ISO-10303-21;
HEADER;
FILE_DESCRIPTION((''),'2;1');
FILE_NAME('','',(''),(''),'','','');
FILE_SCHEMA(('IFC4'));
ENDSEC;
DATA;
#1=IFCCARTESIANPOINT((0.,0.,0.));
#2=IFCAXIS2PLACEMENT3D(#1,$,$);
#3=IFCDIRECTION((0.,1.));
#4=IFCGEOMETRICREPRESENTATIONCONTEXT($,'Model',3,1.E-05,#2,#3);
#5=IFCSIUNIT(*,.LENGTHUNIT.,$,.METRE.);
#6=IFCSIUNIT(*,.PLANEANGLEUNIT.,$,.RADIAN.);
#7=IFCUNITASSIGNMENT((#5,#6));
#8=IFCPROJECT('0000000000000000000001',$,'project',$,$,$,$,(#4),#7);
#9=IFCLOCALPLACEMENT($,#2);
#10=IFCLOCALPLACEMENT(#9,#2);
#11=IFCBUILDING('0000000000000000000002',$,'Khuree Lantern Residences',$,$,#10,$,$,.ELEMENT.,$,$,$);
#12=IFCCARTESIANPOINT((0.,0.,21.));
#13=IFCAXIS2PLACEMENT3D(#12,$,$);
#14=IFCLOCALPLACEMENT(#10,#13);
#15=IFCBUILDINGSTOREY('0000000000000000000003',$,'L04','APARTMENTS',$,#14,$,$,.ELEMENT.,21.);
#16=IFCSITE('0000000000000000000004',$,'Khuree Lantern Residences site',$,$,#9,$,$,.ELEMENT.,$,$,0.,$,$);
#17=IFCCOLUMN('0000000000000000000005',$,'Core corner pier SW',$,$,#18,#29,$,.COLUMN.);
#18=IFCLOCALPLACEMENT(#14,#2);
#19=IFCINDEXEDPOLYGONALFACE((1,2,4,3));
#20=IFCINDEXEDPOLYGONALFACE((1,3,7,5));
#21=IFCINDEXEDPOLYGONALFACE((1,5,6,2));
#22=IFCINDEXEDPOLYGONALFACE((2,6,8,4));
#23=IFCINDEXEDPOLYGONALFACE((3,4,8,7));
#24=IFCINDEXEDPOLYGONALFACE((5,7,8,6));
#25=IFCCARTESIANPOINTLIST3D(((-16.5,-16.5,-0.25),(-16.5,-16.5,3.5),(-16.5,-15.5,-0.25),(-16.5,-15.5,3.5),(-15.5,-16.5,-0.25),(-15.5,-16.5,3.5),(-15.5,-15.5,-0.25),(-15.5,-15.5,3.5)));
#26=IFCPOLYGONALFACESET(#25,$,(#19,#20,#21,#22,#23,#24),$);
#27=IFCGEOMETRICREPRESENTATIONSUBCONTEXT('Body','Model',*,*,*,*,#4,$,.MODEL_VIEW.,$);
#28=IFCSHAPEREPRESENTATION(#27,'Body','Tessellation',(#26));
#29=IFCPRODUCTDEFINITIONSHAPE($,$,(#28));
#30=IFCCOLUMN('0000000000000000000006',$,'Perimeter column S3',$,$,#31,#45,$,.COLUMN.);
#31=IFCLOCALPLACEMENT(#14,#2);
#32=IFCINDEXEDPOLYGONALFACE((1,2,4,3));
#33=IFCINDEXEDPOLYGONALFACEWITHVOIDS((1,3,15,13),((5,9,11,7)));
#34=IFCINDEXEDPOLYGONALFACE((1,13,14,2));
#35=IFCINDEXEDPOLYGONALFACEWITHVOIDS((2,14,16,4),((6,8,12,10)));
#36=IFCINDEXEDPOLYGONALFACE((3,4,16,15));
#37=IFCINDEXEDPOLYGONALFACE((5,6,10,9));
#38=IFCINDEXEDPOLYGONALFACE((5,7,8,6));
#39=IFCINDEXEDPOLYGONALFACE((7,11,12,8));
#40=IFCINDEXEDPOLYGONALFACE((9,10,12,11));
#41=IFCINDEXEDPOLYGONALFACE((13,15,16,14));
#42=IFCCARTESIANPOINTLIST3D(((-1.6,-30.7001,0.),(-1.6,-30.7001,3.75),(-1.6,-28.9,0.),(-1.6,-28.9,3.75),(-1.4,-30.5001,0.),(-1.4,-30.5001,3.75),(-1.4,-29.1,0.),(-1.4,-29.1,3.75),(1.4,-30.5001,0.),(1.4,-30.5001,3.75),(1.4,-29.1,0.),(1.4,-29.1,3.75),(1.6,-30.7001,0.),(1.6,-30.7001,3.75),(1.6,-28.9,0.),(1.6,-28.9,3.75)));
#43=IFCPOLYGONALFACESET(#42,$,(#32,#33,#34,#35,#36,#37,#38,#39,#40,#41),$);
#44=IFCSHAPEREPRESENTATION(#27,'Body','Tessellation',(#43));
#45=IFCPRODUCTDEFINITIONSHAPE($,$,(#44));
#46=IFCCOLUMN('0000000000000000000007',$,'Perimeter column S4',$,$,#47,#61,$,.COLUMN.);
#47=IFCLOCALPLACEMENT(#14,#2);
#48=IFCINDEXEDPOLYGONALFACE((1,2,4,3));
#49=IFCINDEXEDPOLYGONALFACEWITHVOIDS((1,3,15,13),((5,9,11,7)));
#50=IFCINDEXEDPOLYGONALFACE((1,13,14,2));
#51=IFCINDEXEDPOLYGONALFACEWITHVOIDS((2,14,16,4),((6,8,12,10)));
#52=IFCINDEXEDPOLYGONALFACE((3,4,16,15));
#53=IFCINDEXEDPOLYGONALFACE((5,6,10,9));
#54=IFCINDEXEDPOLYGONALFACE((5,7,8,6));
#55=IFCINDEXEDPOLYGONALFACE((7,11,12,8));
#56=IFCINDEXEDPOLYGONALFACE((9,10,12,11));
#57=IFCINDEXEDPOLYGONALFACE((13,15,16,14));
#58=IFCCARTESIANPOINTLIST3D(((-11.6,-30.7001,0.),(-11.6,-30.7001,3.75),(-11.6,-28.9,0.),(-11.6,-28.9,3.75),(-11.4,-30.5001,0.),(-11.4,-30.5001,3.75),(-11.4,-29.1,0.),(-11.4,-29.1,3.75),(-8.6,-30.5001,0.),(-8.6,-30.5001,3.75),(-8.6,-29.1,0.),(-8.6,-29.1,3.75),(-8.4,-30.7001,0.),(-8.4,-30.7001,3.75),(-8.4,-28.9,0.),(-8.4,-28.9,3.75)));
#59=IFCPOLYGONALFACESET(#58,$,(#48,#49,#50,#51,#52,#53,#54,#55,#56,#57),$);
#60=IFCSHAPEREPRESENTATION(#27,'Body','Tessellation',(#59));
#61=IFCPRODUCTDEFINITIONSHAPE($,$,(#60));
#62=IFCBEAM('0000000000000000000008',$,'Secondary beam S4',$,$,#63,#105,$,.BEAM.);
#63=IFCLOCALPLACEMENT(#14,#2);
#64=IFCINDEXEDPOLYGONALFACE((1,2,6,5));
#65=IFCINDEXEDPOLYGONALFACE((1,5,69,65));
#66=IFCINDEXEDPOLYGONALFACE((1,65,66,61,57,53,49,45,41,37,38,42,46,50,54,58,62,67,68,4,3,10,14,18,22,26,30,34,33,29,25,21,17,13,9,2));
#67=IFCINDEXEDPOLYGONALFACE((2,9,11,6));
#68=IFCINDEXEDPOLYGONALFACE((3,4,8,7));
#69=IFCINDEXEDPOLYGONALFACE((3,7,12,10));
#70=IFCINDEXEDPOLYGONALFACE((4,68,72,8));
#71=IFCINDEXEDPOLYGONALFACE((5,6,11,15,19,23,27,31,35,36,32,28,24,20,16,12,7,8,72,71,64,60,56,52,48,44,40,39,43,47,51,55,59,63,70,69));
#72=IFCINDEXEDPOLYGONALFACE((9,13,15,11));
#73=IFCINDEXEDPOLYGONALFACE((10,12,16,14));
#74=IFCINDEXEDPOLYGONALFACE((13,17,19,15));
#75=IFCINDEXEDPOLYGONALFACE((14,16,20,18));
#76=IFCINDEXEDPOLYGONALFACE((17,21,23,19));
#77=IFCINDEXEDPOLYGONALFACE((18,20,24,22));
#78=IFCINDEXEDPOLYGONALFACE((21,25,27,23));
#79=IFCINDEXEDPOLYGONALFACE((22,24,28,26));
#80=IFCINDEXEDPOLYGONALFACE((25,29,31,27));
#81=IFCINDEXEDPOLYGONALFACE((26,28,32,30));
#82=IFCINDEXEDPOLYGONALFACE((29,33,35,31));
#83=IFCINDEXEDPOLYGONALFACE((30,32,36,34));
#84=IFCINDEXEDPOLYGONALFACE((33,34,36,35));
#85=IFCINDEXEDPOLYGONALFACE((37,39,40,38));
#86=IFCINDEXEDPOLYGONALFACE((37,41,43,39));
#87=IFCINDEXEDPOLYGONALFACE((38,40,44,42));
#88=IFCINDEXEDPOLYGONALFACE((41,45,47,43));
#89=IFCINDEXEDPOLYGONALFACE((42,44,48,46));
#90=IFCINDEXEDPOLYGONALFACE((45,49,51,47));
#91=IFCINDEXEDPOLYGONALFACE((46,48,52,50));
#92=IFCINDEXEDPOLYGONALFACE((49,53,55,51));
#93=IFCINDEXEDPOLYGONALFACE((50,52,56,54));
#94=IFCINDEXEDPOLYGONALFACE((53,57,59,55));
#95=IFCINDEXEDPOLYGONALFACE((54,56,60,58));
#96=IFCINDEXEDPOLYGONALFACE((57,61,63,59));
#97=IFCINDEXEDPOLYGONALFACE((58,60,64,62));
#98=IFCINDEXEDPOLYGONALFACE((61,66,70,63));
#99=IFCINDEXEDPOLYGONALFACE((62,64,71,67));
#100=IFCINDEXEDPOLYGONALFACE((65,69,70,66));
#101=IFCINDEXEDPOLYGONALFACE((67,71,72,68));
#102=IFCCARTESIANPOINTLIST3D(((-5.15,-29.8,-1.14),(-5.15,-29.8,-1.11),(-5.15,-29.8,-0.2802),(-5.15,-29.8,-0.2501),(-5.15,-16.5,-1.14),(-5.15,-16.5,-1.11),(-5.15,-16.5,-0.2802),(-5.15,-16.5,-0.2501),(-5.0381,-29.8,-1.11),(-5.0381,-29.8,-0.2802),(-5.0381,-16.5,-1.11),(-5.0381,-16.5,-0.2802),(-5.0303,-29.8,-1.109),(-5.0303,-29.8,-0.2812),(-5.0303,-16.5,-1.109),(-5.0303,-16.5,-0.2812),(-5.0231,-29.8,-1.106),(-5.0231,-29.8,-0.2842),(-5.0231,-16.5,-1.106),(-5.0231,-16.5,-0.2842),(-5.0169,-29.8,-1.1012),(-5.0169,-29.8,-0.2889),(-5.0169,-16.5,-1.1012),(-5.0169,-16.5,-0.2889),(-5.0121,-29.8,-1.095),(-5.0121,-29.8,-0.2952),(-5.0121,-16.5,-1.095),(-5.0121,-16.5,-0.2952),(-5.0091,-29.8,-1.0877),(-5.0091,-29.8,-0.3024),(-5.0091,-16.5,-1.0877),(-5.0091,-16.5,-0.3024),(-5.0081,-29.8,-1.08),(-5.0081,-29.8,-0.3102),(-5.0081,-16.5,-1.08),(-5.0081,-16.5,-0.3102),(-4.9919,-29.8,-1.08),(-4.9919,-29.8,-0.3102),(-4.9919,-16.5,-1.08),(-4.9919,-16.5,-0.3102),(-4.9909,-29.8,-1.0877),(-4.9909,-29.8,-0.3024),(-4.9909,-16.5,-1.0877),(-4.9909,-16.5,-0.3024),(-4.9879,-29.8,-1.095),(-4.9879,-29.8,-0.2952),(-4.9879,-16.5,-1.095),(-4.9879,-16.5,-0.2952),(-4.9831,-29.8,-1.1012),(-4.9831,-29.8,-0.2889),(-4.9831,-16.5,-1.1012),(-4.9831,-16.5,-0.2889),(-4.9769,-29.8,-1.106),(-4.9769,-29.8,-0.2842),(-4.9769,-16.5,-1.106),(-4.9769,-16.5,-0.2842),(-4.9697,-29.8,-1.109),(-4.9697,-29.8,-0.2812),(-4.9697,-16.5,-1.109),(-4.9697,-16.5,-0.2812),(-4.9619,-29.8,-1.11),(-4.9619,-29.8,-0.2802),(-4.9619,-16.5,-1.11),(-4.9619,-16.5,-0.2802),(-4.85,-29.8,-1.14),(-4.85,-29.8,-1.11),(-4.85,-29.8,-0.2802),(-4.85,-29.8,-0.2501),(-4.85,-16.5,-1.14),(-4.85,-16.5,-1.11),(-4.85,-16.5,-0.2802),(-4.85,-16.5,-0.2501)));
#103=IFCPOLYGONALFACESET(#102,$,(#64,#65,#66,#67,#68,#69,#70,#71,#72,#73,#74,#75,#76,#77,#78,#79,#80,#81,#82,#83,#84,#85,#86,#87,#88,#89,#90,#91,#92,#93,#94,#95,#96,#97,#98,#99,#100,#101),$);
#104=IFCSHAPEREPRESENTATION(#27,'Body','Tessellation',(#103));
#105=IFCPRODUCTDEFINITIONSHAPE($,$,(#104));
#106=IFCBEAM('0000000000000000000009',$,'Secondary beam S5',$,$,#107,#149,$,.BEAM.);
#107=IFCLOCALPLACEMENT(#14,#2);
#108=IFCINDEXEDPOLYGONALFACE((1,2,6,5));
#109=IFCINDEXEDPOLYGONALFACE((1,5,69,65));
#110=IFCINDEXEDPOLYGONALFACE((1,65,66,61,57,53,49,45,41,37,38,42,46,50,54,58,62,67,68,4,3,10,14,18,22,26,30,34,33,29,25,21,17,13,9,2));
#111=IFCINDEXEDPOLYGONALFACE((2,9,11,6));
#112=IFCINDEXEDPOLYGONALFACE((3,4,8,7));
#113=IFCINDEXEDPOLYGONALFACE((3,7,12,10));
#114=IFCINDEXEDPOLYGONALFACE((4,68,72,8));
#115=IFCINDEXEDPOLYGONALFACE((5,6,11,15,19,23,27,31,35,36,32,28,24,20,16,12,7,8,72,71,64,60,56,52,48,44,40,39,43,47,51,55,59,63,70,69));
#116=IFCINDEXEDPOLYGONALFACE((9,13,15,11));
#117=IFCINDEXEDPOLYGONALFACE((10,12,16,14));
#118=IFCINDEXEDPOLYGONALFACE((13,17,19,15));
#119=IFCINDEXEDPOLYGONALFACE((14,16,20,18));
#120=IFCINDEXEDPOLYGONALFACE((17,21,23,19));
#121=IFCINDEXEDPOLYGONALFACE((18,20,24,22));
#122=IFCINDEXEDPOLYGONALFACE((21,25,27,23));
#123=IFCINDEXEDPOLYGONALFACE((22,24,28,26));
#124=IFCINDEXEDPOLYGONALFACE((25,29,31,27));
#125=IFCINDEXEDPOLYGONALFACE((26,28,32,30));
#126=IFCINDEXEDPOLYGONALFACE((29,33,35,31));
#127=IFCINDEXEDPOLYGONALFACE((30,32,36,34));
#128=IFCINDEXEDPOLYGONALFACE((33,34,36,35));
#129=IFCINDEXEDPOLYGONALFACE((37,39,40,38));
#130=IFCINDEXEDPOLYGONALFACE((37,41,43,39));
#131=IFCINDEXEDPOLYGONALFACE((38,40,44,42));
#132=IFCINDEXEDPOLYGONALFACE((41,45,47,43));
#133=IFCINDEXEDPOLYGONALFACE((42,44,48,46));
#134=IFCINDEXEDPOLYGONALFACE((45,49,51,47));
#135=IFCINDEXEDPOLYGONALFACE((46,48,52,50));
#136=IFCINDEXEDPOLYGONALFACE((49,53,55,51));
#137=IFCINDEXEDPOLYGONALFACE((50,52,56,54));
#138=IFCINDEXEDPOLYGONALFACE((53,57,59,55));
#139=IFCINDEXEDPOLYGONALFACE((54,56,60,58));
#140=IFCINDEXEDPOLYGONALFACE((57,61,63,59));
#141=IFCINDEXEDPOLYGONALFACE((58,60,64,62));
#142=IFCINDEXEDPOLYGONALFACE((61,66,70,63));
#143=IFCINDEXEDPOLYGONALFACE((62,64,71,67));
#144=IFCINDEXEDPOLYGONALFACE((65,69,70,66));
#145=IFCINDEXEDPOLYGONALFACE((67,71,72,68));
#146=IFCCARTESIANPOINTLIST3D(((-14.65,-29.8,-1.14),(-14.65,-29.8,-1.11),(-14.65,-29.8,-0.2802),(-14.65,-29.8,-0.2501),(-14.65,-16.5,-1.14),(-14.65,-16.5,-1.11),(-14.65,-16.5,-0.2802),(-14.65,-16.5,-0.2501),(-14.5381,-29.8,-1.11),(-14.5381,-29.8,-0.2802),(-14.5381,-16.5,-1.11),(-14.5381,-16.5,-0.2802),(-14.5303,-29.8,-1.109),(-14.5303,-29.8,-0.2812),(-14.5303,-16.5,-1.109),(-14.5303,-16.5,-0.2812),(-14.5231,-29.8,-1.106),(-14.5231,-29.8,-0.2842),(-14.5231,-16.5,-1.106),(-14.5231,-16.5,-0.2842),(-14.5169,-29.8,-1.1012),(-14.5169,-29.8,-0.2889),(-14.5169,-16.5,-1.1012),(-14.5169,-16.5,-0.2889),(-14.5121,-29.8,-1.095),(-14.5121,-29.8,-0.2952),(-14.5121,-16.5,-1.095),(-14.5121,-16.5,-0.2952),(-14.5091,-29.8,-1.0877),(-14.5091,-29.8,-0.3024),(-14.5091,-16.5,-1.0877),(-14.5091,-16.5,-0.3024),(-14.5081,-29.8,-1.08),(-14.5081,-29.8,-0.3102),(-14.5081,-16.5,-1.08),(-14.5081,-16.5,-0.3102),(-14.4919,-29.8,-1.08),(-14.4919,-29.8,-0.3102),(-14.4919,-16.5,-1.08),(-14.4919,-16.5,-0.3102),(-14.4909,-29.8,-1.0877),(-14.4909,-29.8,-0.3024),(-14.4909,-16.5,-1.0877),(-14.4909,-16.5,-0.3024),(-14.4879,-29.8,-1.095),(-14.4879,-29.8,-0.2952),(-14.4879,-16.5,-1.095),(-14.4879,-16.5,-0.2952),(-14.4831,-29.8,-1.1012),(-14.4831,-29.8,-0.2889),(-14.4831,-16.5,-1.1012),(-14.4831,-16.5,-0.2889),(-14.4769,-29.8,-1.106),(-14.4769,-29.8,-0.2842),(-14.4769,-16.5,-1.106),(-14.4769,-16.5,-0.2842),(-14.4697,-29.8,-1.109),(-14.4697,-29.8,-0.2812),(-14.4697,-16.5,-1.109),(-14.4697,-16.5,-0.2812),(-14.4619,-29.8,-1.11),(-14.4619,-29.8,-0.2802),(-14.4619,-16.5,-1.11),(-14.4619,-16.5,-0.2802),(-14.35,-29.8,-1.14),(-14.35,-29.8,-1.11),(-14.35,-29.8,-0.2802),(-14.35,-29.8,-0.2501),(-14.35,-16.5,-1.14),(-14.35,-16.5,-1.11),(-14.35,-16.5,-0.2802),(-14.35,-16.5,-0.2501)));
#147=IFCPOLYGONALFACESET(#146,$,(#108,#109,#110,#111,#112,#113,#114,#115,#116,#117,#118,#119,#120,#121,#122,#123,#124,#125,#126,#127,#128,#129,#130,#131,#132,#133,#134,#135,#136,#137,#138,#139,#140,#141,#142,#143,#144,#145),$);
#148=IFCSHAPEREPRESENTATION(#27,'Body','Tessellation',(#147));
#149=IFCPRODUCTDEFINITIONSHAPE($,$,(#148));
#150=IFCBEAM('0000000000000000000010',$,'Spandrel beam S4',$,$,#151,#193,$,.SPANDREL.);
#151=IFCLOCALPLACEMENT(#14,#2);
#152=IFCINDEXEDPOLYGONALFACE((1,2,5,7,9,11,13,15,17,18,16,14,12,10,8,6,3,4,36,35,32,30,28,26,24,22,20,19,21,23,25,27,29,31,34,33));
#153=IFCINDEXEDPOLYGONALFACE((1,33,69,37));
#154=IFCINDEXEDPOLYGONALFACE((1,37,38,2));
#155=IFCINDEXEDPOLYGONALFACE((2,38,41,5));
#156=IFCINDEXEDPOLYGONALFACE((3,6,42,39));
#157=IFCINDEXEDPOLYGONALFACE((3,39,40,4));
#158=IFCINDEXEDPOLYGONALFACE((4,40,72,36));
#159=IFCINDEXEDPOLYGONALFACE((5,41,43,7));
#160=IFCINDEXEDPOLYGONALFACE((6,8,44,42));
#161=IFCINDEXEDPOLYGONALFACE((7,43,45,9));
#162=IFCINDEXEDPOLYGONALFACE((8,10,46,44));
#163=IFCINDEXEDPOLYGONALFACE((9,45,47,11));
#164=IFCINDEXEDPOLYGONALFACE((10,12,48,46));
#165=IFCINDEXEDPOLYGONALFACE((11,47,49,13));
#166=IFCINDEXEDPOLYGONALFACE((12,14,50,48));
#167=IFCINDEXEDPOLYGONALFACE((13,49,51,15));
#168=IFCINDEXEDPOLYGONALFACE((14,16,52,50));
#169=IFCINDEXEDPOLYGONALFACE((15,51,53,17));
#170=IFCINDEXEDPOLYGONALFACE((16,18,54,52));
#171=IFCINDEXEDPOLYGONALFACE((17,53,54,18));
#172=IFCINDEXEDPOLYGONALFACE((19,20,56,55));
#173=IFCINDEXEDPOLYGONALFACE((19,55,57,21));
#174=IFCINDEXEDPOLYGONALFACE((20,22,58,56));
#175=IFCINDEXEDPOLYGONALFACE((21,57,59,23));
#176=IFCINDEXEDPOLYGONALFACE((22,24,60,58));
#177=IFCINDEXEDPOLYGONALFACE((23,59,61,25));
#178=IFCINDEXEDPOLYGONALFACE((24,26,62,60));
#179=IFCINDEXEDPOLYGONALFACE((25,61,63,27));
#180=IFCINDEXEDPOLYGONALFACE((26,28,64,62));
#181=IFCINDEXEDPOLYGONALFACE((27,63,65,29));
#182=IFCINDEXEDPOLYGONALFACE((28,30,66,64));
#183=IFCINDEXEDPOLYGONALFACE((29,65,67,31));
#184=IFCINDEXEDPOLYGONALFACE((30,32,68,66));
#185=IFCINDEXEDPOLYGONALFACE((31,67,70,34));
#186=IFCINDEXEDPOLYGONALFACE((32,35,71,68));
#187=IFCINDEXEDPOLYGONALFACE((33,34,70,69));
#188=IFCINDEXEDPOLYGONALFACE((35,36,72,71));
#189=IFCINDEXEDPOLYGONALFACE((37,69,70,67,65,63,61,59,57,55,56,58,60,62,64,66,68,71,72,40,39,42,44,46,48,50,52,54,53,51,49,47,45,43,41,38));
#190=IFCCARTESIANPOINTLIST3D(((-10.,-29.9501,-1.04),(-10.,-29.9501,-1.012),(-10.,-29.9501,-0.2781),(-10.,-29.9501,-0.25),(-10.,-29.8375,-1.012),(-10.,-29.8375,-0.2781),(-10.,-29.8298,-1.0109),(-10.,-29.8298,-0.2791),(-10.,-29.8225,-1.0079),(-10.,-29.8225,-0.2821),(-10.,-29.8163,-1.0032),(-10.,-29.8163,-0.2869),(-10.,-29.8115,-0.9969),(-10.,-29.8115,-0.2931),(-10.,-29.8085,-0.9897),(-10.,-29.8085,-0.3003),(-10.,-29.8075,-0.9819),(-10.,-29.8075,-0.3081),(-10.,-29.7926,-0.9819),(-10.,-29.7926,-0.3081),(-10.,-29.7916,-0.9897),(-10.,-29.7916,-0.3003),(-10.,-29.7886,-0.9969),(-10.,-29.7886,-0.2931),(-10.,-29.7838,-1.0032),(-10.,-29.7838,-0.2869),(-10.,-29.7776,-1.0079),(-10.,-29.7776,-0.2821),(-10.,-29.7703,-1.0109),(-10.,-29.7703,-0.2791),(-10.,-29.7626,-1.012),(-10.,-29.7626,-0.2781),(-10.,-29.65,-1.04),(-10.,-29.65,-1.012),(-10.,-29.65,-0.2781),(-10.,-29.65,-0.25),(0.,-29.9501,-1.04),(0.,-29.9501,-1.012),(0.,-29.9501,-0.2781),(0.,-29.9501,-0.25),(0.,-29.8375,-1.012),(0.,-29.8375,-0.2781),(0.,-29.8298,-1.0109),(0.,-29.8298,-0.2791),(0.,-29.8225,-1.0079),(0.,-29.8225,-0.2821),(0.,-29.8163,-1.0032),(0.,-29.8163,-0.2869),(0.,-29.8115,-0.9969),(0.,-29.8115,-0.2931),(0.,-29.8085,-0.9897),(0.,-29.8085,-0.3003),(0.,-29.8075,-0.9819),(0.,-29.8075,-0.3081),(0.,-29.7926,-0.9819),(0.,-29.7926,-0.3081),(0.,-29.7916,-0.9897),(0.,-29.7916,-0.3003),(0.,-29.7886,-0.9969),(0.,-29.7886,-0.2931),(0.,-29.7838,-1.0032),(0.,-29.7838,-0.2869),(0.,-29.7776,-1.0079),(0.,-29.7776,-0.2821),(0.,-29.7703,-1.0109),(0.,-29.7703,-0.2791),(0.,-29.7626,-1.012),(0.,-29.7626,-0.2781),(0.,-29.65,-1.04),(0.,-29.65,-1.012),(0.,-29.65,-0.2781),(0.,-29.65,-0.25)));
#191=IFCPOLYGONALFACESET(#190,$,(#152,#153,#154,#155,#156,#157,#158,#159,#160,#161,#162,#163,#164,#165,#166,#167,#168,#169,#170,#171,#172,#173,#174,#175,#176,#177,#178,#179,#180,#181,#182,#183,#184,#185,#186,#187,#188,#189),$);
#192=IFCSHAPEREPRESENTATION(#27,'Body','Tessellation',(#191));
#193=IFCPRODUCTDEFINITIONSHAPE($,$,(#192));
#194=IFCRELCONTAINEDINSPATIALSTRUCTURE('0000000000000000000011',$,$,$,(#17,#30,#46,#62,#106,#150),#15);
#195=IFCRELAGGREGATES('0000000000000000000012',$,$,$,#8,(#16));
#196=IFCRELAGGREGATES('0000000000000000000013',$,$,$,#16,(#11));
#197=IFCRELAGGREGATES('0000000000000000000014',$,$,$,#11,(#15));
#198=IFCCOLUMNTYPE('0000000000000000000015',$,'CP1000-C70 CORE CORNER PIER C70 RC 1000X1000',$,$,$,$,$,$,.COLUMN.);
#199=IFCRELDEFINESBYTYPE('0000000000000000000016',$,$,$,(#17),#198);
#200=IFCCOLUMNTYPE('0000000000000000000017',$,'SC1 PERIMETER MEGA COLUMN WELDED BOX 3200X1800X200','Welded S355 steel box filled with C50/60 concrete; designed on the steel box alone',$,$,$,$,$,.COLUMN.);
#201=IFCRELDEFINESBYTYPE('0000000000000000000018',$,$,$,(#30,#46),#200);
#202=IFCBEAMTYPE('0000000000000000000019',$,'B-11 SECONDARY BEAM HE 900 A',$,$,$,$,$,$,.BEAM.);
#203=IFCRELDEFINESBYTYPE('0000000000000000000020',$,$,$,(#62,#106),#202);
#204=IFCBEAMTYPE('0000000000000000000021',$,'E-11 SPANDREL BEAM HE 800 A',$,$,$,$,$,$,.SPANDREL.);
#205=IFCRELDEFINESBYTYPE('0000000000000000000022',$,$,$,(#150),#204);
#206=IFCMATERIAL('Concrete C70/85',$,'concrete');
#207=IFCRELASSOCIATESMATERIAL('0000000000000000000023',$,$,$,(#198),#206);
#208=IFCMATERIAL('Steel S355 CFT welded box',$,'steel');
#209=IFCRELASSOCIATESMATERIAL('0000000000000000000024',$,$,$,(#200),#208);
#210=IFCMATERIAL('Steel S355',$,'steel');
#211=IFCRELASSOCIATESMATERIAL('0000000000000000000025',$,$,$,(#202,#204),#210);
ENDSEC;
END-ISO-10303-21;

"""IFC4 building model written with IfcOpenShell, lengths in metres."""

from ifc_helpers import new_model, si_unit, direction, frame, origin, origin_2d, place, context, subcontext, project, spatial, rectangle, hollow_rectangle, i_section, extrude, material, material_profile, profile_set, type_object, element, save


model = new_model("IFC4")

# Units and contexts
model_context = context("Model", 3, precision=1e-05, world=origin(), true_north=direction((0.0, 1.0)))
body_context = subcontext(model_context, "Body", "Model", "MODEL_VIEW")
ifc_project = project(units=[si_unit("LENGTHUNIT", "METRE"), si_unit("PLANEANGLEUNIT", "RADIAN")], contexts=[model_context])

# Site, building, storey
site_placement = place(None, origin())
site = spatial("IfcSite", under=ifc_project, at=site_placement, Name="Khuree Lantern Residences site", CompositionType="ELEMENT", RefElevation=0.0)
building_placement = place(site_placement, origin())
building = spatial("IfcBuilding", under=site, at=building_placement, Name="Khuree Lantern Residences", CompositionType="ELEMENT")
storey_placement = place(building_placement, frame((0.0, 0.0, 21.0)))
storey = spatial("IfcBuildingStorey", under=building, at=storey_placement, Name="L04", Description="APARTMENTS", CompositionType="ELEMENT", Elevation=21.0)

# Columns
ifc_material_1 = material(Name="Concrete C70/85", Category="concrete")
ifc_material_profile_1 = material_profile(ifc_material_1, rectangle(XDim=1.0, YDim=1.0, at=origin_2d()), Name="RC 1000X1000")
ifc_profile_set_1 = profile_set([ifc_material_profile_1], Name="Concrete C70/85")
column_type_1 = type_object("IfcColumnType", Name="CP1000-C70 CORE CORNER PIER C70 RC 1000X1000", PredefinedType="COLUMN", material=ifc_profile_set_1)
column_placement = place(storey_placement, frame((-16.0, -16.0, -0.25), z_axis=(0.0, 0.0, 1.0), x_axis=(1.0, 0.0, 0.0)))
element("IfcColumn", 1, at=column_placement, inside=storey, type_object=column_type_1, Name="Core corner pier SW", PredefinedType="COLUMN", context=body_context, shape_type="SweptSolid", body=[
    extrude(rectangle(XDim=1.0, YDim=1.0, at=origin_2d()), origin(), (0.0, 0.0, 1.0), 3.75),
])
ifc_material_2 = material(Name="Steel S355 CFT welded box", Category="steel")
ifc_material_profile_2 = material_profile(ifc_material_2, hollow_rectangle(XDim=3.2, YDim=1.8, WallThickness=0.2, at=origin_2d()), Name="WELDED BOX 3200X1800X200")
ifc_profile_set_2 = profile_set([ifc_material_profile_2], Name="Steel S355 CFT welded box")
column_type_2 = type_object("IfcColumnType", Name="SC1 PERIMETER MEGA COLUMN WELDED BOX 3200X1800X200", Description="Welded S355 steel box filled with C50/60 concrete; designed on the steel box alone", PredefinedType="COLUMN", material=ifc_profile_set_2)
for number, where, z_axis, x_axis, name in (
    (2, (0.0, -29.8, 0.0), (0.0, 0.0, 1.0), (1.0, 0.0, 0.0), "Perimeter column S3"),
    (3, (-10.0, -29.8, 0.0), (0.0, 0.0, 1.0), (1.0, 0.0, 0.0), "Perimeter column S4"),
):
    element("IfcColumn", number, at=place(storey_placement, frame(where, z_axis=z_axis, x_axis=x_axis)), inside=storey, type_object=column_type_2, Name=name, PredefinedType="COLUMN", context=body_context, shape_type="SweptSolid", body=[
        extrude(hollow_rectangle(XDim=3.2, YDim=1.8, WallThickness=0.2, at=origin_2d()), origin(), (0.0, 0.0, 1.0), 3.75),
    ])

# Beams
ifc_material_3 = material(Name="Steel S355", Category="steel")
ifc_material_profile_3 = material_profile(ifc_material_3, i_section(OverallWidth=0.3, OverallDepth=0.8899, WebThickness=0.0161, FlangeThickness=0.03, FilletRadius=0.03, at=origin_2d()), Name="HE 900 A")
ifc_profile_set_3 = profile_set([ifc_material_profile_3], Name="Steel S355")
beam_type_1 = type_object("IfcBeamType", Name="B-11 SECONDARY BEAM HE 900 A", PredefinedType="BEAM", material=ifc_profile_set_3)
for number, where, z_axis, x_axis, name in (
    (4, (-5.0, -29.8, -0.6951), (0.0, 1.0, 0.0), (-1.0, 0.0, 0.0), "Secondary beam S4"),
    (5, (-14.5, -29.8, -0.6951), (0.0, 1.0, 0.0), (-1.0, 0.0, 0.0), "Secondary beam S5"),
):
    element("IfcBeam", number, at=place(storey_placement, frame(where, z_axis=z_axis, x_axis=x_axis)), inside=storey, type_object=beam_type_1, Name=name, PredefinedType="BEAM", context=body_context, shape_type="SweptSolid", body=[
        extrude(i_section(OverallWidth=0.3, OverallDepth=0.8899, WebThickness=0.0161, FlangeThickness=0.03, FilletRadius=0.03, at=origin_2d()), origin(), (0.0, 0.0, 1.0), 13.3),
    ])
ifc_material_profile_4 = material_profile(ifc_material_3, i_section(OverallWidth=0.3, OverallDepth=0.79, WebThickness=0.0149, FlangeThickness=0.0281, FilletRadius=0.03, at=origin_2d()), Name="HE 800 A")
ifc_profile_set_4 = profile_set([ifc_material_profile_4], Name="Steel S355")
beam_type_2 = type_object("IfcBeamType", Name="E-11 SPANDREL BEAM HE 800 A", PredefinedType="SPANDREL", material=ifc_profile_set_4)
for number, where, z_axis, x_axis, name in (
    (6, (0.0, -29.8, -0.645), (-1.0, 0.0, 0.0), (0.0, -1.0, 0.0), "Spandrel beam S4"),
):
    element("IfcBeam", number, at=place(storey_placement, frame(where, z_axis=z_axis, x_axis=x_axis)), inside=storey, type_object=beam_type_2, Name=name, PredefinedType="SPANDREL", context=body_context, shape_type="SweptSolid", body=[
        extrude(i_section(OverallWidth=0.3, OverallDepth=0.79, WebThickness=0.0149, FlangeThickness=0.0281, FilletRadius=0.03, at=origin_2d()), origin(), (0.0, 0.0, 1.0), 10.0),
    ])

save(model, "model.ifc")
